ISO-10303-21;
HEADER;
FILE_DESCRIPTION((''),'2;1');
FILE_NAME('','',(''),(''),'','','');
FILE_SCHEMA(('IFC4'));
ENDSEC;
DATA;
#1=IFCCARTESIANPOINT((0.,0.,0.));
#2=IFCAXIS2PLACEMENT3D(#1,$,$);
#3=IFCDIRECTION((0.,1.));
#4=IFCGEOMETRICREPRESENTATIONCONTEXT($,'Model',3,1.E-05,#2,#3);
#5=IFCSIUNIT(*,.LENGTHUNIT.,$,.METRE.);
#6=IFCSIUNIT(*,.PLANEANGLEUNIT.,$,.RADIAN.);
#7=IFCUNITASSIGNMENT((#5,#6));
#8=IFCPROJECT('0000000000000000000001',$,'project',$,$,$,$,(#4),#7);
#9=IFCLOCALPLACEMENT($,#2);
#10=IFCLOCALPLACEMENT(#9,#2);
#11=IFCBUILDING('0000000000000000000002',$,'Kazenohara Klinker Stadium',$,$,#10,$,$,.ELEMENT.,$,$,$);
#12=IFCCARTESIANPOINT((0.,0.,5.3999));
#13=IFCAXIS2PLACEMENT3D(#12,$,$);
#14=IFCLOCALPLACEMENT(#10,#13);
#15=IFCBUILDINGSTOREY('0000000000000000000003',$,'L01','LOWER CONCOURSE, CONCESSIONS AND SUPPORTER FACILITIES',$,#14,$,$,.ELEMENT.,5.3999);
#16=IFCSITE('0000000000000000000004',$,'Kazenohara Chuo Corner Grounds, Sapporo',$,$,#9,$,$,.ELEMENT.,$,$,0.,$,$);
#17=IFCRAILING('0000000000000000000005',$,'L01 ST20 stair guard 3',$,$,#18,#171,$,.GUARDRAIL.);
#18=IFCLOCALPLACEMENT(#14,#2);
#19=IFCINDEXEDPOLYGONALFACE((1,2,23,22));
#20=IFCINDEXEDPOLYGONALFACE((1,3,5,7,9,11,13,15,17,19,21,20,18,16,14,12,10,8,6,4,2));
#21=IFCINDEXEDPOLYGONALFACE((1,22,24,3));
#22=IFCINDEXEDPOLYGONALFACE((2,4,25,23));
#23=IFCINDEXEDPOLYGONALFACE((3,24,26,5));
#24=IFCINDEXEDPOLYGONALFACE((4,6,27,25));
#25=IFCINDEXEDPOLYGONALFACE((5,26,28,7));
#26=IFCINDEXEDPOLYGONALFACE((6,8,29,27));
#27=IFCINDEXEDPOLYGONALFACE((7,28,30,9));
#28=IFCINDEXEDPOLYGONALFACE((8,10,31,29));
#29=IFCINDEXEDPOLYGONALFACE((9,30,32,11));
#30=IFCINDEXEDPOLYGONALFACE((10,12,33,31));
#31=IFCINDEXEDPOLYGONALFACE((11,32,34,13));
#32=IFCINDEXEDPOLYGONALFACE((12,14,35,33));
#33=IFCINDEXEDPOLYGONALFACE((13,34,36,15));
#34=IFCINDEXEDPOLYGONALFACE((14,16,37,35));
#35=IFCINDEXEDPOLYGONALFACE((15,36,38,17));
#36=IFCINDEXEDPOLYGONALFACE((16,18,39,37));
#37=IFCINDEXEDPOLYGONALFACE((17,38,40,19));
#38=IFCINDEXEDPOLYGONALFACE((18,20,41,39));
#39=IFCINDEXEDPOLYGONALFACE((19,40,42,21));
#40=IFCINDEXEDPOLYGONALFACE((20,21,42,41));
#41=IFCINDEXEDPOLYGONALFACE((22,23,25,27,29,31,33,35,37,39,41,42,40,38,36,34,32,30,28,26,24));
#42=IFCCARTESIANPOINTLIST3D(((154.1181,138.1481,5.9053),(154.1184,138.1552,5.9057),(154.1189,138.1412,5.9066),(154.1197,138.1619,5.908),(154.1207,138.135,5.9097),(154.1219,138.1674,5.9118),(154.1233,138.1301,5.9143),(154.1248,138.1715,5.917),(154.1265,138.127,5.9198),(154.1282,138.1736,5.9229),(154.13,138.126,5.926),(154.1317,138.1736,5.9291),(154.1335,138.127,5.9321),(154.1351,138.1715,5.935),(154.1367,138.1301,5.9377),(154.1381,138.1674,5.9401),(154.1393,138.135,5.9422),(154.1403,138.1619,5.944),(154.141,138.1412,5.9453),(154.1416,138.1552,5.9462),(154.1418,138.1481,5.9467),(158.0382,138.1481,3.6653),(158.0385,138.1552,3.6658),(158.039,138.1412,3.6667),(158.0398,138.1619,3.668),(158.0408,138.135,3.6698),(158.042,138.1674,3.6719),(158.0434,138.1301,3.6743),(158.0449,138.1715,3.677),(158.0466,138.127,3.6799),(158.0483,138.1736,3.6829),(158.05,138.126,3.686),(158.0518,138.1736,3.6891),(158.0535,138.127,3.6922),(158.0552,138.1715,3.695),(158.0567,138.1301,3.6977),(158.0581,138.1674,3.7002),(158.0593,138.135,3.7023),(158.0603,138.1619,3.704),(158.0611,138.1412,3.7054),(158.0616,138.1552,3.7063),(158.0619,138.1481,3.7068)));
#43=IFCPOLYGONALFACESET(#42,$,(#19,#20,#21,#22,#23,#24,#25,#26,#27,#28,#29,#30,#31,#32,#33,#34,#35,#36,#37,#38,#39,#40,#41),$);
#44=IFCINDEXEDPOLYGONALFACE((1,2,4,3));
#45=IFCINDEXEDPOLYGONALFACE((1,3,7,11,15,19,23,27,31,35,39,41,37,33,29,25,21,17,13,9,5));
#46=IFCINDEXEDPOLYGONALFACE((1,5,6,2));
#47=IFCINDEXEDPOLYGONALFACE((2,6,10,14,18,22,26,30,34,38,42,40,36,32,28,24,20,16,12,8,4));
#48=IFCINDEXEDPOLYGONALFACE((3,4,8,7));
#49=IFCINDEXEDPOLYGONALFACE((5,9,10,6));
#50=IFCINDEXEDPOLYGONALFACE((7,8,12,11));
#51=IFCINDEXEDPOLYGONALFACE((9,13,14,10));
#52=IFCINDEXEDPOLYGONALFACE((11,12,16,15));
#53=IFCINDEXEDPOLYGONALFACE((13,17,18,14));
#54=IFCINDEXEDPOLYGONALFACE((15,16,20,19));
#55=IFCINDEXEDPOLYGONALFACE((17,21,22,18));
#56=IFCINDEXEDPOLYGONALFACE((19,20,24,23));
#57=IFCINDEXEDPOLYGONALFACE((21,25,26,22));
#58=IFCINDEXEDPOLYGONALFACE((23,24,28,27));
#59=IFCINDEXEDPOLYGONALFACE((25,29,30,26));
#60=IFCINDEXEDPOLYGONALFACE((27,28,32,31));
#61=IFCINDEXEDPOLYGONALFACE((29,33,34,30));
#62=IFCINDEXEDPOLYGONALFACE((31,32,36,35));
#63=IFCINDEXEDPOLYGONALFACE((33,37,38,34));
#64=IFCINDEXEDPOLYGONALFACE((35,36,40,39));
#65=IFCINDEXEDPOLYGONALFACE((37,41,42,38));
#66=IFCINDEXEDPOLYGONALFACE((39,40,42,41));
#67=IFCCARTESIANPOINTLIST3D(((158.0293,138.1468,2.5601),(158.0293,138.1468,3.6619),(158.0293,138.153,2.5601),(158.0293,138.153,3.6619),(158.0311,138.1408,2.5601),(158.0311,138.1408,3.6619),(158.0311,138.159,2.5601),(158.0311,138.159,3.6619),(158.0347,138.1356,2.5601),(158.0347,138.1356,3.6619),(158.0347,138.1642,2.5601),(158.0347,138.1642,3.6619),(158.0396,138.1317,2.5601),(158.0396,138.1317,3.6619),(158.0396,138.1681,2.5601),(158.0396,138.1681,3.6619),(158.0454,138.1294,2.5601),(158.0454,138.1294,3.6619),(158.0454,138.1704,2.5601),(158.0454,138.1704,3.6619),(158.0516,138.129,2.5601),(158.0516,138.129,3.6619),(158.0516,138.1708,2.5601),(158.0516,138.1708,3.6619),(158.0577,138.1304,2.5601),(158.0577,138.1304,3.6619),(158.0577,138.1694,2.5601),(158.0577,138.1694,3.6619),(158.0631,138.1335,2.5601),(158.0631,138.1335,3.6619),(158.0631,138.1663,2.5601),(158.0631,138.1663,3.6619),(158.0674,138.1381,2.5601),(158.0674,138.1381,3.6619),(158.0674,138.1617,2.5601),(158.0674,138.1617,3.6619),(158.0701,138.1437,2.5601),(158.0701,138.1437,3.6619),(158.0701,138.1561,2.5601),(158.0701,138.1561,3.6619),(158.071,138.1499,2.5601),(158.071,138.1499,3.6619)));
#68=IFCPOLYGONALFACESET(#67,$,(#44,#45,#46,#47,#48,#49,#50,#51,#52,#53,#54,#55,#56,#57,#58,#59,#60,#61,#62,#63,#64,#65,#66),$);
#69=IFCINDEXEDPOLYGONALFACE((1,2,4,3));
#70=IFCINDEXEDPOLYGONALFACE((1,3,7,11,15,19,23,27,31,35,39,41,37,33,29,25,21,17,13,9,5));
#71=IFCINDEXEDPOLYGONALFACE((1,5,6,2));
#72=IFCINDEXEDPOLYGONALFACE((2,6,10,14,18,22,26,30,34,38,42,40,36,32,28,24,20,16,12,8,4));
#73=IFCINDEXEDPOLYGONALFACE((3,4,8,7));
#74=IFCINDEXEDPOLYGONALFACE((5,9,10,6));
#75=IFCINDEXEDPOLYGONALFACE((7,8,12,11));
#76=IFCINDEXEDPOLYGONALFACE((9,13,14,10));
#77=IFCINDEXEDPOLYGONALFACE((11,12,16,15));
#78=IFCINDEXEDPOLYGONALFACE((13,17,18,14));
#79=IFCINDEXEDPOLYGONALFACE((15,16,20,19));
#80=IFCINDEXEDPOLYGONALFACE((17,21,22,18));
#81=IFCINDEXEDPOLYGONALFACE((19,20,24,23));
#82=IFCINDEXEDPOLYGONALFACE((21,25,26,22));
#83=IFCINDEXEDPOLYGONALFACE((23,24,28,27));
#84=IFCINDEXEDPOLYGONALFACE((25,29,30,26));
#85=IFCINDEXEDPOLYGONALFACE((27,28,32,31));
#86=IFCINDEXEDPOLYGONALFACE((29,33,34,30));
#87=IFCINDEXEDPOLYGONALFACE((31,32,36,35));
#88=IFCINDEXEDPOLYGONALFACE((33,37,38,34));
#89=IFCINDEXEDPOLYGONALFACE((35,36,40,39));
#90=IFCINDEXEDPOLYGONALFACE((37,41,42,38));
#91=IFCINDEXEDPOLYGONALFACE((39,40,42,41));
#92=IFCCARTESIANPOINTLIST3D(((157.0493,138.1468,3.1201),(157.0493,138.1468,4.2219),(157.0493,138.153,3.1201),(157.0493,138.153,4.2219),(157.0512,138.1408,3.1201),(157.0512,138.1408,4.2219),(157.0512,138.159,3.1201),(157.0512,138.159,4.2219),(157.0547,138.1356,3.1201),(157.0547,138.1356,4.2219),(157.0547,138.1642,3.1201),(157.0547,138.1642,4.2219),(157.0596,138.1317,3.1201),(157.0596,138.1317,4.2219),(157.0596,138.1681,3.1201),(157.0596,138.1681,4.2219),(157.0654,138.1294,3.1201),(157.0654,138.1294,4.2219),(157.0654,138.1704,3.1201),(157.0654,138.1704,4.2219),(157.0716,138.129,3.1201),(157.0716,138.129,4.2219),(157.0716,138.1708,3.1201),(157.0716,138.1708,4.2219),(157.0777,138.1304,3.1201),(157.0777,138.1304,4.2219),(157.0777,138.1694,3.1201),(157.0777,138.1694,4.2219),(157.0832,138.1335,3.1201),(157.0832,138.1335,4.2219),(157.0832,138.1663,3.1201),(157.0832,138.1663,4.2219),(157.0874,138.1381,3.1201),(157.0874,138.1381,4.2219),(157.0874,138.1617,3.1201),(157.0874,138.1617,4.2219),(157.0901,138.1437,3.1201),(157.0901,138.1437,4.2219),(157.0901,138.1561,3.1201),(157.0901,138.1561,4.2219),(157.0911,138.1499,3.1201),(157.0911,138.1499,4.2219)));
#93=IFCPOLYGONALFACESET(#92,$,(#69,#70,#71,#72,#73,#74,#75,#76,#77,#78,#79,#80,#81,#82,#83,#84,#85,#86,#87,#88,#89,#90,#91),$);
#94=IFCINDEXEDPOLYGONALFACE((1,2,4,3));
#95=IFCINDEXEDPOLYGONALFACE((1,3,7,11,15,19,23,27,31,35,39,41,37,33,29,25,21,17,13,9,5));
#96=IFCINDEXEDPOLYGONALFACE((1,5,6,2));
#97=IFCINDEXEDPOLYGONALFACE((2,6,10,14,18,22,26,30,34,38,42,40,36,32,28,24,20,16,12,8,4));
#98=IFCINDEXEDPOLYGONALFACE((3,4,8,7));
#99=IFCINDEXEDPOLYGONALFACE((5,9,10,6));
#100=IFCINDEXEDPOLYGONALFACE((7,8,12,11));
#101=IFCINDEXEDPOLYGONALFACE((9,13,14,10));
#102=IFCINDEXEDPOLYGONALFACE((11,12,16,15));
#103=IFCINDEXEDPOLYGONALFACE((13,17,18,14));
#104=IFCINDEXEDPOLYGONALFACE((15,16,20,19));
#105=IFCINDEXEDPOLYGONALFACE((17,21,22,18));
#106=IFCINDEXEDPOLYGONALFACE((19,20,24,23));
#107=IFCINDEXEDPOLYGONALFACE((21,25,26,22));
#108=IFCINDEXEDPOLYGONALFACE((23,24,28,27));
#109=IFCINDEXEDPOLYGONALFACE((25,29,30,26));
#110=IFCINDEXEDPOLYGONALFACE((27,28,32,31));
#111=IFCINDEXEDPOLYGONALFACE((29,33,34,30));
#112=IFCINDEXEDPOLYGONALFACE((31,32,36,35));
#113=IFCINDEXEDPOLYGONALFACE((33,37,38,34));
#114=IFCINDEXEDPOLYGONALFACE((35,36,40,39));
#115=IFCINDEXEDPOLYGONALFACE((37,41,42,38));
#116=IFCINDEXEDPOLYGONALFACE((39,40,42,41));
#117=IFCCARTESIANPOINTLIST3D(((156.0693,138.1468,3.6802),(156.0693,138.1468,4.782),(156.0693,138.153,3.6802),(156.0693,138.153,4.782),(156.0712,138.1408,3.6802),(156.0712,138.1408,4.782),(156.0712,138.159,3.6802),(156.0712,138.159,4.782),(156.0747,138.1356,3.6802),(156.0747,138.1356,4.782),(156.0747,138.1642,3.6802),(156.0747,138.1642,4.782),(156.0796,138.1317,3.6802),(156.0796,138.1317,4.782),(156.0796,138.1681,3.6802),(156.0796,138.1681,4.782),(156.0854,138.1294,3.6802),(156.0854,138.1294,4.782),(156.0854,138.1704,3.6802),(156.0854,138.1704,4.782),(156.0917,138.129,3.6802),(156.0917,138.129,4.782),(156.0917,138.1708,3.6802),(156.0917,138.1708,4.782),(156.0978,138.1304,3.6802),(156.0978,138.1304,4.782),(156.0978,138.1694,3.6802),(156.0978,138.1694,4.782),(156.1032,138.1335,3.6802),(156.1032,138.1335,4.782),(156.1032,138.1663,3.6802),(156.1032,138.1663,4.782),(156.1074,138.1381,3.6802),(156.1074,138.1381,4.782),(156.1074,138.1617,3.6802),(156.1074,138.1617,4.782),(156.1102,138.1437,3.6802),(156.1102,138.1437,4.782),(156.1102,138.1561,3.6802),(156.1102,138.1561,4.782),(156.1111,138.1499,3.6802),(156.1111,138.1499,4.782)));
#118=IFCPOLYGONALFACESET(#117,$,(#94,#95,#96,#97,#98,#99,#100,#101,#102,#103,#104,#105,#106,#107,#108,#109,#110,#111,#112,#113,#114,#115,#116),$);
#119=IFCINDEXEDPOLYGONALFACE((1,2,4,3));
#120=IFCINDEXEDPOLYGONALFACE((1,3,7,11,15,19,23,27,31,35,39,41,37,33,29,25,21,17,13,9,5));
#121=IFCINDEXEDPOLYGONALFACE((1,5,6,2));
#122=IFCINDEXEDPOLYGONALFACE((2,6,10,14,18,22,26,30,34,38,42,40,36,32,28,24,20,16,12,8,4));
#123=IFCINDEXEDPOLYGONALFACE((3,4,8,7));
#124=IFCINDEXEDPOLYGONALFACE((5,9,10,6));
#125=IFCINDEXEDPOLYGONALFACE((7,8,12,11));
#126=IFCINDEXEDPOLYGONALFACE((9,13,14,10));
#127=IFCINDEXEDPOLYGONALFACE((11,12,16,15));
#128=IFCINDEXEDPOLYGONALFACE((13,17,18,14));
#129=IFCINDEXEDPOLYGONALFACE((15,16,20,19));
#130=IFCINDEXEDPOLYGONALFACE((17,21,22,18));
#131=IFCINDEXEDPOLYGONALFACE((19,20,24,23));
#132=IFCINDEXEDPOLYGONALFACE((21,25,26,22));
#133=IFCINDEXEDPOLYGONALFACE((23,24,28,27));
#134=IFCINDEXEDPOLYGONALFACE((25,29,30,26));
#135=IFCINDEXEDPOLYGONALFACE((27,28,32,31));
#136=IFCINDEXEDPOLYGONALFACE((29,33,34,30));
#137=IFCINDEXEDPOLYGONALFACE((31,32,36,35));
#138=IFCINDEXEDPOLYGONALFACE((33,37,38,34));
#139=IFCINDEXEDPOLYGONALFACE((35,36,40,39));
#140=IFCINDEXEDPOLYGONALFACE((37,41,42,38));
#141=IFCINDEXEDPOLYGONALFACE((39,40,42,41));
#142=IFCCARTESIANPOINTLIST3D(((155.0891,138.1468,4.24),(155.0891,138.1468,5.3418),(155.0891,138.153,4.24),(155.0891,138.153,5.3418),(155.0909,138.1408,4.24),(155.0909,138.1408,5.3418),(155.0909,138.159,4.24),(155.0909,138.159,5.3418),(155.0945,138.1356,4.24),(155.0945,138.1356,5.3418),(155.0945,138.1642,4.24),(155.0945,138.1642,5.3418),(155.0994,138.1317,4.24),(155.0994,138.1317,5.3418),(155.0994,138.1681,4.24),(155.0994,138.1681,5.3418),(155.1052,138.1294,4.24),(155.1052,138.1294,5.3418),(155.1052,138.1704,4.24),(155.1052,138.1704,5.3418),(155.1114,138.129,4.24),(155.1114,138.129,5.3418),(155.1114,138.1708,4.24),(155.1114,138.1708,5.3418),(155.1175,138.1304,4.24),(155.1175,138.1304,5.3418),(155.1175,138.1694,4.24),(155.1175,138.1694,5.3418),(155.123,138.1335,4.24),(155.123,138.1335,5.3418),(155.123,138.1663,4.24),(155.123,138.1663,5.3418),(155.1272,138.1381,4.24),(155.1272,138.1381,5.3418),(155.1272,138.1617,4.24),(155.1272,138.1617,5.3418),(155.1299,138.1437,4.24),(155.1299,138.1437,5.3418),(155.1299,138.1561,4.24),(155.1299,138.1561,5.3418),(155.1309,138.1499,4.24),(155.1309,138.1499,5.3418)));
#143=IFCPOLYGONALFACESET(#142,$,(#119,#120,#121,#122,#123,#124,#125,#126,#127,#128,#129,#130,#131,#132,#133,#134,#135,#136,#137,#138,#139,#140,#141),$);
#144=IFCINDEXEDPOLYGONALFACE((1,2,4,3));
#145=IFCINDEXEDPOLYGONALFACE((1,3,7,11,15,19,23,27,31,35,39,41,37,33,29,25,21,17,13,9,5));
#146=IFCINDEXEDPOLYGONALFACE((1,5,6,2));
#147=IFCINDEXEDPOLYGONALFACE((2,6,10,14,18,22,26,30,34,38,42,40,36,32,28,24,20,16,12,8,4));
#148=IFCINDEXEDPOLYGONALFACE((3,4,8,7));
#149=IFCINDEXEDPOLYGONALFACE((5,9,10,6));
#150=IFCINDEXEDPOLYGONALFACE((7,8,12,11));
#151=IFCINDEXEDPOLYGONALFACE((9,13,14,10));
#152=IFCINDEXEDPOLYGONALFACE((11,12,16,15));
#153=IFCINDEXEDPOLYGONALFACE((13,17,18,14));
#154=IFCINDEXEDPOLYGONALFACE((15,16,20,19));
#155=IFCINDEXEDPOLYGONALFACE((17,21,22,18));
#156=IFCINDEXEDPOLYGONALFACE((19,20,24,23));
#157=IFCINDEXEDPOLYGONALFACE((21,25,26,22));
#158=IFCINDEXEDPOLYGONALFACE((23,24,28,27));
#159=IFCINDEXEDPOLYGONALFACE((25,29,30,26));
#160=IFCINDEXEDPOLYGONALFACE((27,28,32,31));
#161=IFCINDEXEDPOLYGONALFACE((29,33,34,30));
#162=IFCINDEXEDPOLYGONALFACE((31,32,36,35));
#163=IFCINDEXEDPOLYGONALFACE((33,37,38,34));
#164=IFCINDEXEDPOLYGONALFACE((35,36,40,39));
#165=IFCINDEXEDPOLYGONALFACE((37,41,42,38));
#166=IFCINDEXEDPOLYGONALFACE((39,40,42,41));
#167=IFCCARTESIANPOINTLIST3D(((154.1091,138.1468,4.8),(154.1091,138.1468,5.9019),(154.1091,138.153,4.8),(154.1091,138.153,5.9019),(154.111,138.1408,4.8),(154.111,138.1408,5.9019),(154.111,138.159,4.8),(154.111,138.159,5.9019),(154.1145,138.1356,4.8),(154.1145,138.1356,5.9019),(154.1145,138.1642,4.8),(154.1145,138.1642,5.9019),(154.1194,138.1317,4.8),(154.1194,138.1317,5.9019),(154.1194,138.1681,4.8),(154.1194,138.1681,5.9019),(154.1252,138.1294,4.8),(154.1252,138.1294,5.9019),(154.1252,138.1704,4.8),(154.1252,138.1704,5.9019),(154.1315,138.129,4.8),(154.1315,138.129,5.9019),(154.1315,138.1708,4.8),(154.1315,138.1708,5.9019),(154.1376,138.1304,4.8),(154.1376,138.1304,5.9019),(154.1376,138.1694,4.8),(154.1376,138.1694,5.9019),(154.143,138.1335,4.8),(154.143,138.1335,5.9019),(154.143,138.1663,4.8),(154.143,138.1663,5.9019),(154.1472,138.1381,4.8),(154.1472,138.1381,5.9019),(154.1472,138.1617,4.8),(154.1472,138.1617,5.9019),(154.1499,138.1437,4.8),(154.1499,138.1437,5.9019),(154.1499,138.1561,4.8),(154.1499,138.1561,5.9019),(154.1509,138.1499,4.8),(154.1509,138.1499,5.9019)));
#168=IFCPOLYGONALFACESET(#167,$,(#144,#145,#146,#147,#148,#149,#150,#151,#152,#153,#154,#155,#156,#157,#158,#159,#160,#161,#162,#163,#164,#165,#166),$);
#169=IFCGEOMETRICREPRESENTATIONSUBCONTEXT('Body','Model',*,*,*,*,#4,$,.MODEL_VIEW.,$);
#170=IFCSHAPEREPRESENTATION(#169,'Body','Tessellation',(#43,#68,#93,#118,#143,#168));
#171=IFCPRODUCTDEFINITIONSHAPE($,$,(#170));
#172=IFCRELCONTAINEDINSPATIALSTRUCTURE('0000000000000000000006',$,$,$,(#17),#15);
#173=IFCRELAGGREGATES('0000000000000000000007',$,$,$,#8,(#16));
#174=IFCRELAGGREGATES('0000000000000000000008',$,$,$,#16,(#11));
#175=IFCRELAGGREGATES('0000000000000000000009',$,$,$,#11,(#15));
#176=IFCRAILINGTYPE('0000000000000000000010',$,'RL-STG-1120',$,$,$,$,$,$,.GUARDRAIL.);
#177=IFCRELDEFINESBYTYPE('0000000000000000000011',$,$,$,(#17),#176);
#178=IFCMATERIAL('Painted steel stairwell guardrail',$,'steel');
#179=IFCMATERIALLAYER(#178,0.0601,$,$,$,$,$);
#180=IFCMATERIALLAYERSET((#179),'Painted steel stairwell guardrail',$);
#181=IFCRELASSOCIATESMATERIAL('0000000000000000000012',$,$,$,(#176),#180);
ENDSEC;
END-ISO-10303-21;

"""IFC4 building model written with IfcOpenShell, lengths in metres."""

from ifc_helpers import new_model, si_unit, direction, frame, origin, origin_2d, place, context, subcontext, project, spatial, circle, extrude, material, layer, layer_set, type_object, element, save


model = new_model("IFC4")

# Units and contexts
model_context = context("Model", 3, precision=1e-05, world=origin(), true_north=direction((0.0, 1.0)))
body_context = subcontext(model_context, "Body", "Model", "MODEL_VIEW")
ifc_project = project(units=[si_unit("LENGTHUNIT", "METRE"), si_unit("PLANEANGLEUNIT", "RADIAN")], contexts=[model_context])

# Site, building, storey
site_placement = place(None, origin())
site = spatial("IfcSite", under=ifc_project, at=site_placement, Name="Kazenohara Chuo Corner Grounds, Sapporo", CompositionType="ELEMENT", RefElevation=0.0)
building_placement = place(site_placement, origin())
building = spatial("IfcBuilding", under=site, at=building_placement, Name="Kazenohara Klinker Stadium", CompositionType="ELEMENT")
storey_placement = place(building_placement, frame((0.0, 0.0, 5.3999)))
storey = spatial("IfcBuildingStorey", under=building, at=storey_placement, Name="L01", Description="LOWER CONCOURSE, CONCESSIONS AND SUPPORTER FACILITIES", CompositionType="ELEMENT", Elevation=5.3999)

# Railing
ifc_material_1 = material(Name="Painted steel stairwell guardrail", Category="steel")
ifc_layer_1 = layer(ifc_material_1, 0.0601)
ifc_layer_set_1 = layer_set([ifc_layer_1], Name="Painted steel stairwell guardrail")
railing_type_1 = type_object("IfcRailingType", Name="RL-STG-1120", PredefinedType="GUARDRAIL", material=ifc_layer_set_1)
railing_1_placement = place(storey_placement, frame((158.05, 138.1499, 2.5601)))
element("IfcRailing", 1, at=railing_1_placement, inside=storey, type_object=railing_type_1, Name="L01 ST20 stair guard 3", PredefinedType="GUARDRAIL", context=body_context, shape_type="SweptSolid", body=[
    extrude(circle(Radius=0.0239, at=origin_2d()), frame((0.0, 0.0, 1.126), z_axis=(-0.868253, 0.0, 0.496121), x_axis=(0.0, -1.0, 0.0)), (0.0, 0.0, 1.0), 4.5149),
    extrude(circle(Radius=0.021, at=origin_2d()), origin(), (0.0, 0.0, 1.0), 1.1018),
    extrude(circle(Radius=0.021, at=origin_2d()), frame((-0.98, 0.0, 0.5601)), (0.0, 0.0, 1.0), 1.1018),
    extrude(circle(Radius=0.021, at=origin_2d()), frame((-1.96, 0.0, 1.1201)), (0.0, 0.0, 1.0), 1.1018),
    extrude(circle(Radius=0.021, at=origin_2d()), frame((-2.9402, 0.0, 1.6799)), (0.0, 0.0, 1.0), 1.1018),
    extrude(circle(Radius=0.021, at=origin_2d()), frame((-3.9202, 0.0, 2.24)), (0.0, 0.0, 1.0), 1.1018),
])

save(model, "model.ifc")
